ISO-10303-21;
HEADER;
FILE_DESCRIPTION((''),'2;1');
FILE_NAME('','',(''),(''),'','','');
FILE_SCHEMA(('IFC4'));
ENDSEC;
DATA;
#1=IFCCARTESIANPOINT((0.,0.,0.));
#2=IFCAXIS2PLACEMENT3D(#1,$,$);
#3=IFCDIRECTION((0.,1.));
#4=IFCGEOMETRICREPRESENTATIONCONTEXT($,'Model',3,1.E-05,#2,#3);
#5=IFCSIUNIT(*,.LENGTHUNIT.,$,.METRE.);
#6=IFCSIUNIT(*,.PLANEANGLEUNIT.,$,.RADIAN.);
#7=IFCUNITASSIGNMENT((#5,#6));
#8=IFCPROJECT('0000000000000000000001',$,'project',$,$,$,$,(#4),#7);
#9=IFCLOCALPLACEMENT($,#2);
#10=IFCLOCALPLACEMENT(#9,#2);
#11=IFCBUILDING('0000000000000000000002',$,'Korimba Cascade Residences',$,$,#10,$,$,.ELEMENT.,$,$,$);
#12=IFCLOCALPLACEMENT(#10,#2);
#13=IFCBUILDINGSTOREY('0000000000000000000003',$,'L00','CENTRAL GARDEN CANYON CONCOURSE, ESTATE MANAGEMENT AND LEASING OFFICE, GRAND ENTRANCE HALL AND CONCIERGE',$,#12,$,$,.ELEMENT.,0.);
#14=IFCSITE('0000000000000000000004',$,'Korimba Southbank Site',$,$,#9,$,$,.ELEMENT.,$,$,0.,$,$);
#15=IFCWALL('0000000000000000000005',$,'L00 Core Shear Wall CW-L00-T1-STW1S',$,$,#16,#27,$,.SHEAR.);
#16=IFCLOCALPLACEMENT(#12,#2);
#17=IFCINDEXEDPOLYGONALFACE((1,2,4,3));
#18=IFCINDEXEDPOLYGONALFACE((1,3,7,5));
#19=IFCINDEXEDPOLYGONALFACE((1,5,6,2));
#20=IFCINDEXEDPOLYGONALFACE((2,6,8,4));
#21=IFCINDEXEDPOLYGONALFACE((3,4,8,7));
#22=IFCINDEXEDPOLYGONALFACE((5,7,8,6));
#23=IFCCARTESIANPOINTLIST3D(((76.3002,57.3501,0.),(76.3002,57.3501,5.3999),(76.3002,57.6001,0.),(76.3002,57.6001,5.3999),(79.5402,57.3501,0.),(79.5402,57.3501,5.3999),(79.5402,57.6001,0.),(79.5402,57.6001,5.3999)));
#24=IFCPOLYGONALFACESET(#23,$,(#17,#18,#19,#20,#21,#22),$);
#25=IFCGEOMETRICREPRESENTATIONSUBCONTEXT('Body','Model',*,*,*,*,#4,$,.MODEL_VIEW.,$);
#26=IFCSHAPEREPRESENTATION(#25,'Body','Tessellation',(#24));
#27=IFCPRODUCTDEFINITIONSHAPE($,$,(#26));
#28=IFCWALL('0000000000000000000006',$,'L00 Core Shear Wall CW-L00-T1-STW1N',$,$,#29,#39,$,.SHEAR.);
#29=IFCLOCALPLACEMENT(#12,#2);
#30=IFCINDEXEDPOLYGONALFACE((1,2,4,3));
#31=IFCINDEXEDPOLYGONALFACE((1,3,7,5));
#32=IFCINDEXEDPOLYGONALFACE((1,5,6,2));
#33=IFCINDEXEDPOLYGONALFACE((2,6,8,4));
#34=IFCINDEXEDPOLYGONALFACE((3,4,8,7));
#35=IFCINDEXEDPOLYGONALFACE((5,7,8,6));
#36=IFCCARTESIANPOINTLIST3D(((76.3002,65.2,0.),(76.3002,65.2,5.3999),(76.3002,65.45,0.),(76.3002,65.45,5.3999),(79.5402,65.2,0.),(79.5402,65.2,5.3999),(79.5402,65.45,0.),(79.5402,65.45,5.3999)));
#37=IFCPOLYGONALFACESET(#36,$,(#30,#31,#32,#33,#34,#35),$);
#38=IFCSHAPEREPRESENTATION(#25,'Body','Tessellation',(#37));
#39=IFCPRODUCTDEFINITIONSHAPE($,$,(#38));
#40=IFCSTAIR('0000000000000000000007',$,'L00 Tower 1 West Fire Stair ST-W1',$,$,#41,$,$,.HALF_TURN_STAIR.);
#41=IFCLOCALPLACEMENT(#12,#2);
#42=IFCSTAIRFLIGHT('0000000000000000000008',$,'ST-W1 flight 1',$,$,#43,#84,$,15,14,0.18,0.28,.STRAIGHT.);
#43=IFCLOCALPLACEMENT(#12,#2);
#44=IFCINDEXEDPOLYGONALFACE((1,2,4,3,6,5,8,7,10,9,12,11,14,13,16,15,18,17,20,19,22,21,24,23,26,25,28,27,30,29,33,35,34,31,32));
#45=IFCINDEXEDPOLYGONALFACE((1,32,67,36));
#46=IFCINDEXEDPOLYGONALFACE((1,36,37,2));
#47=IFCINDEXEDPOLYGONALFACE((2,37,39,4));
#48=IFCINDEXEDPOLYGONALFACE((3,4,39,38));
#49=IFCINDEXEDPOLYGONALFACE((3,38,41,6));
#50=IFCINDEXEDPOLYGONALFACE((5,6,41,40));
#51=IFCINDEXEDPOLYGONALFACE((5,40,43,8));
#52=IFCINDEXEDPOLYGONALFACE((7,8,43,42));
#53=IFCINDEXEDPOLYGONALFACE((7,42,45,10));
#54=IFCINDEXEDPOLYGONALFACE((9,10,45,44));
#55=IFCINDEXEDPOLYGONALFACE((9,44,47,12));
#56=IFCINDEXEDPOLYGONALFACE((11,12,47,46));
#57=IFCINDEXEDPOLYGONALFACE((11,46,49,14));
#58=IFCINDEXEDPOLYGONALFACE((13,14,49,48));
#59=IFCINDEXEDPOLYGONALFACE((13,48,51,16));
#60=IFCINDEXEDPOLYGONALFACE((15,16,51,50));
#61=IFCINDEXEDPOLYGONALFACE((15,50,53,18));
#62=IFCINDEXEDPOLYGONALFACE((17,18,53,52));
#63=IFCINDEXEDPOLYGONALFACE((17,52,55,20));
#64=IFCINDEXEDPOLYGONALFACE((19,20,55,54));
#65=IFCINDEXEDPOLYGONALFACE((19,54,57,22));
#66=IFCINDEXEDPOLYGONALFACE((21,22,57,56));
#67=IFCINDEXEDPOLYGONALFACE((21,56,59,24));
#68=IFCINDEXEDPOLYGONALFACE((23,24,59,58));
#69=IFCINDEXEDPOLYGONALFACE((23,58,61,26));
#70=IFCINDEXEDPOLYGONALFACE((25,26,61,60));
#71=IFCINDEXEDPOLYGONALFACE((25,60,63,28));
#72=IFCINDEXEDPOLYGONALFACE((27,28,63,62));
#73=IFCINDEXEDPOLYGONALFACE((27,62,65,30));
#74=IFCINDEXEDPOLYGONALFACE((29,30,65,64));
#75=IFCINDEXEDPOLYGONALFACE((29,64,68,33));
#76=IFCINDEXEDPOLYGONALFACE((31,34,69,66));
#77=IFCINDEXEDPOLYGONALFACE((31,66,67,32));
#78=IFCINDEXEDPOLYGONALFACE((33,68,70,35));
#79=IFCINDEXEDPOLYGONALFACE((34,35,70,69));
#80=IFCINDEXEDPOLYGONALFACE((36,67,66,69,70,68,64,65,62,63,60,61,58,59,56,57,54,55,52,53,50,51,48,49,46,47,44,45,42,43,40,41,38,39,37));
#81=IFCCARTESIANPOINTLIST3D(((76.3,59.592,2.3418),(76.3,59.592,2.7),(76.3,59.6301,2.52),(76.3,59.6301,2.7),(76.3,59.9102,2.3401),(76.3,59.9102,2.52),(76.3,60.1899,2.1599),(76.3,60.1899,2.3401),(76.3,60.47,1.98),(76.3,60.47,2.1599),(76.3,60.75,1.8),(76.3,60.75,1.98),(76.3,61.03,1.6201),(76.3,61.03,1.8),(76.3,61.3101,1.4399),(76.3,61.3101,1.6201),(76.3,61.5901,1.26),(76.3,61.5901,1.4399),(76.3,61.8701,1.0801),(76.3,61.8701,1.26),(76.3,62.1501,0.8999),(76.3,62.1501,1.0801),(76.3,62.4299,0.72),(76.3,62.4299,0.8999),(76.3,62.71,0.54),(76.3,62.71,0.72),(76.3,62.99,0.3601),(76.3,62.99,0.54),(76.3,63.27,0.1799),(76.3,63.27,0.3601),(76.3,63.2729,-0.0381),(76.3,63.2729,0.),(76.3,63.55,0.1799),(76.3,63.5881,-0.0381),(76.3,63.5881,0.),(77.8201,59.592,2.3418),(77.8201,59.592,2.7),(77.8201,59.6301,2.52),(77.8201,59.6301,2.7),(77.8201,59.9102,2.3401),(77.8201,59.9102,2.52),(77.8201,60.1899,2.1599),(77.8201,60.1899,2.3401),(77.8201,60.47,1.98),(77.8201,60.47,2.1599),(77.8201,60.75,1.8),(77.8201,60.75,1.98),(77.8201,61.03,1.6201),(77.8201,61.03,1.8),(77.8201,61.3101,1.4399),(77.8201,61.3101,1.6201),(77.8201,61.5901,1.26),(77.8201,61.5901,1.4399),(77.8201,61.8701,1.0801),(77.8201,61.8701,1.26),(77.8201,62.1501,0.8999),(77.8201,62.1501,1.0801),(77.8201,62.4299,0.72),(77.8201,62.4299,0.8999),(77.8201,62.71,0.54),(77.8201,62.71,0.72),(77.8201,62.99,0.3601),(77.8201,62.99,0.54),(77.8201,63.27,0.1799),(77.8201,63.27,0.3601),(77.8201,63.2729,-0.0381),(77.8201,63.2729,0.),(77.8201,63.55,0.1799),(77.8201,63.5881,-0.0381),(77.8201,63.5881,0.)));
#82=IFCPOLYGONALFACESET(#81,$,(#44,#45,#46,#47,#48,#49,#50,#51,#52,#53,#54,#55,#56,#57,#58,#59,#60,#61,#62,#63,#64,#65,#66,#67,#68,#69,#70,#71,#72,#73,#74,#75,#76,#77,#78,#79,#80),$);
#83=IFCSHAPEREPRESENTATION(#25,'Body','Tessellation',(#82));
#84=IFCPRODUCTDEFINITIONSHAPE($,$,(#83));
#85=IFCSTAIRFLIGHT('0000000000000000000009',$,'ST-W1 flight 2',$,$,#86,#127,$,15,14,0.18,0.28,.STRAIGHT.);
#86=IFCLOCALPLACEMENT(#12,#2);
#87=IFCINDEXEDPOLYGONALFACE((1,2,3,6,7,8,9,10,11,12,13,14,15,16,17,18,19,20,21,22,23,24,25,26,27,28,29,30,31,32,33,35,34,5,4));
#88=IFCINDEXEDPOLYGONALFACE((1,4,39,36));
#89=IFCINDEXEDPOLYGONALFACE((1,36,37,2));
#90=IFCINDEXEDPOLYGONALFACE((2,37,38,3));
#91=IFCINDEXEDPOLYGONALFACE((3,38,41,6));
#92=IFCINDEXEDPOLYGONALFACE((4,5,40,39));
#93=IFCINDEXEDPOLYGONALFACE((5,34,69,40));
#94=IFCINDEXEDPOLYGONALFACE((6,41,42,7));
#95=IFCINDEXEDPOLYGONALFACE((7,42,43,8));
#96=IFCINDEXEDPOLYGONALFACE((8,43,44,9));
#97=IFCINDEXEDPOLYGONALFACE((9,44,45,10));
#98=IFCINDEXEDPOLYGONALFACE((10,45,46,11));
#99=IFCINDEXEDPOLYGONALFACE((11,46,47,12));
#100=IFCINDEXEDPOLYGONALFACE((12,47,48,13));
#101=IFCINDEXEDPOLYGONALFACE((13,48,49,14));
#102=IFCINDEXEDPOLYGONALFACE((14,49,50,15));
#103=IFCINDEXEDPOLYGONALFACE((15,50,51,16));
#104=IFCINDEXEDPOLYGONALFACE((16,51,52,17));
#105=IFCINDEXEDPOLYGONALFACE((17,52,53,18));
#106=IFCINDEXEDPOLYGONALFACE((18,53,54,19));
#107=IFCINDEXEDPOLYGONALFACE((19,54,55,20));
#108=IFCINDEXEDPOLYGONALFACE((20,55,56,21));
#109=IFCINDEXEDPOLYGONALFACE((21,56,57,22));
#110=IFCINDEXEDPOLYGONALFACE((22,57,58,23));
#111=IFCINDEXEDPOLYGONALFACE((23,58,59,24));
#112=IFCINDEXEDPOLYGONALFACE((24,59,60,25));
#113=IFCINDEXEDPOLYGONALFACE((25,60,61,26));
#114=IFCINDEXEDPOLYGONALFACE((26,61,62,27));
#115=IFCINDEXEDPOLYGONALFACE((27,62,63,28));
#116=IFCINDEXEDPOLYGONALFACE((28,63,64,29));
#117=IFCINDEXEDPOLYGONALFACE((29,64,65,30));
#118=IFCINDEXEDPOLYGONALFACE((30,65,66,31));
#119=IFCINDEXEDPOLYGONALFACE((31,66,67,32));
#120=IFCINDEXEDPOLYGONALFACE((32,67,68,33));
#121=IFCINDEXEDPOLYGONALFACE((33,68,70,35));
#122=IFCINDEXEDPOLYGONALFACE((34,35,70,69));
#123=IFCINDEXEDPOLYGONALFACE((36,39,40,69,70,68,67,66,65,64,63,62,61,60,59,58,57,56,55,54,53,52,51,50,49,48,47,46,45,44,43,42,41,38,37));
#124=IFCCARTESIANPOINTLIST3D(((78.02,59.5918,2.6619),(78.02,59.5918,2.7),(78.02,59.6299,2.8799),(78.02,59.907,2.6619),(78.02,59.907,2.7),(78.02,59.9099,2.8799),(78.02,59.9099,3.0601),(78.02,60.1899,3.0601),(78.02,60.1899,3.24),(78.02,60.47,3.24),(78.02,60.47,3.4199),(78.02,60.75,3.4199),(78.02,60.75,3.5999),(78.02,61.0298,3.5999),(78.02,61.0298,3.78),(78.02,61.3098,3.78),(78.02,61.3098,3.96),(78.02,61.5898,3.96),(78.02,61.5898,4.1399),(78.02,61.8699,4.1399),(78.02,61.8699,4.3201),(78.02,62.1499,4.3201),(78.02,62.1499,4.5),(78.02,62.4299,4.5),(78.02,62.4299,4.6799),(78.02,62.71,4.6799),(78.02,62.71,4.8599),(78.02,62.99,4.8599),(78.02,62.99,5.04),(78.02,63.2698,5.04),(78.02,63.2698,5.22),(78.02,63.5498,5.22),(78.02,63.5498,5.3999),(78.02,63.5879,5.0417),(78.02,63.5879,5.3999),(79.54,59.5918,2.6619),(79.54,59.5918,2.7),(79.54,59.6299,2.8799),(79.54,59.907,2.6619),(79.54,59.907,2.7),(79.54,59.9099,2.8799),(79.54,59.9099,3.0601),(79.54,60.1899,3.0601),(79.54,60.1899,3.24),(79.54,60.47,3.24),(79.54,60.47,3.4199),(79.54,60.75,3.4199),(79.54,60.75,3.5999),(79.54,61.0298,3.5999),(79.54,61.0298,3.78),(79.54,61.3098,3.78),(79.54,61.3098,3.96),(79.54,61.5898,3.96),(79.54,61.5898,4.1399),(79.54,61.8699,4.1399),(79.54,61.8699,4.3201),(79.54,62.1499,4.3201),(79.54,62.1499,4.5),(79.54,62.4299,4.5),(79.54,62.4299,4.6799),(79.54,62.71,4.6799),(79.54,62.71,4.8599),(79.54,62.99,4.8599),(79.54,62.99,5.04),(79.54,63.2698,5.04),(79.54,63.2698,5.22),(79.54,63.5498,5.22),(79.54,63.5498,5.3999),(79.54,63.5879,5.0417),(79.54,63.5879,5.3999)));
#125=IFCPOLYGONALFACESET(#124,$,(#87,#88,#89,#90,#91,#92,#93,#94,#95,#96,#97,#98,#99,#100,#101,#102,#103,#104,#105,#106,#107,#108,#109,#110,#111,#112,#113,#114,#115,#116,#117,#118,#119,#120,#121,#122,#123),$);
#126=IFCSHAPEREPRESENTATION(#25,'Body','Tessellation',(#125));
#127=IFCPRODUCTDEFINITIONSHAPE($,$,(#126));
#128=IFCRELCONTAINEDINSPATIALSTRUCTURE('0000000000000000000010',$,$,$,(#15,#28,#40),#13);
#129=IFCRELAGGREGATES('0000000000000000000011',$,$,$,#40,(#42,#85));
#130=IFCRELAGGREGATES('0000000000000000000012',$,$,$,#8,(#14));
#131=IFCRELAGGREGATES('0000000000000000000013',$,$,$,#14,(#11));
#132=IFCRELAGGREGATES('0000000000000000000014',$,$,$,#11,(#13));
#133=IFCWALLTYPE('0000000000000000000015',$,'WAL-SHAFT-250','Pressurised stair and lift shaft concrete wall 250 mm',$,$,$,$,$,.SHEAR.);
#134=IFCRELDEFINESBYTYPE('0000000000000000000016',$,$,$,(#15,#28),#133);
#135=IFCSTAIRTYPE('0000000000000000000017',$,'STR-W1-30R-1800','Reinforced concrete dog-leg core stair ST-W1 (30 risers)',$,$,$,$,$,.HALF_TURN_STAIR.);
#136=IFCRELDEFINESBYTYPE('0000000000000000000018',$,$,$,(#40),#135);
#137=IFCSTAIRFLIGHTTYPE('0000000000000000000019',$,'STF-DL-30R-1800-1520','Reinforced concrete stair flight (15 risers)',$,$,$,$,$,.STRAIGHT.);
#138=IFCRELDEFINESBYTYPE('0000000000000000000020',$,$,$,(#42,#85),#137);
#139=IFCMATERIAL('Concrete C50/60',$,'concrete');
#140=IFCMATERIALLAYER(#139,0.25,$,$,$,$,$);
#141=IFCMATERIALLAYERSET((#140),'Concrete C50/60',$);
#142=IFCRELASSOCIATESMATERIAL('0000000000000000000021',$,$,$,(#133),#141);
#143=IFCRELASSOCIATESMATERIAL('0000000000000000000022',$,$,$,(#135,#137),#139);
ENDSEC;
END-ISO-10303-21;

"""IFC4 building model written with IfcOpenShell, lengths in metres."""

from ifc_helpers import new_model, si_unit, direction, frame, frame_2d, origin, place, context, subcontext, project, spatial, polyline, rectangle, outline, extrude, material, layer, layer_set, type_object, element, aggregate, save


model = new_model("IFC4")

# Units and contexts
model_context = context("Model", 3, precision=1e-05, world=origin(), true_north=direction((0.0, 1.0)))
body_context = subcontext(model_context, "Body", "Model", "MODEL_VIEW")
ifc_project = project(units=[si_unit("LENGTHUNIT", "METRE"), si_unit("PLANEANGLEUNIT", "RADIAN")], contexts=[model_context])

# Site, building, storey
site_placement = place(None, origin())
site = spatial("IfcSite", under=ifc_project, at=site_placement, Name="Korimba Southbank Site", CompositionType="ELEMENT", RefElevation=0.0)
building_placement = place(site_placement, origin())
building = spatial("IfcBuilding", under=site, at=building_placement, Name="Korimba Cascade Residences", CompositionType="ELEMENT")
storey_placement = place(building_placement, origin())
storey = spatial("IfcBuildingStorey", under=building, at=storey_placement, Name="L00", Description="CENTRAL GARDEN CANYON CONCOURSE, ESTATE MANAGEMENT AND LEASING OFFICE, GRAND ENTRANCE HALL AND CONCIERGE", CompositionType="ELEMENT", Elevation=0.0)

# Walls
ifc_material_1 = material(Name="Concrete C50/60", Category="concrete")
ifc_layer = layer(ifc_material_1, 0.25)
ifc_layer_set = layer_set([ifc_layer], Name="Concrete C50/60")
wall_type = type_object("IfcWallType", Name="WAL-SHAFT-250", Description="Pressurised stair and lift shaft concrete wall 250 mm", PredefinedType="SHEAR", material=ifc_layer_set)
for number, where, z_axis, x_axis, name in (
    (1, (76.3, 57.4751, 0.0), (0.0, 0.0, 1.0), (1.0, 0.0, 0.0), "L00 Core Shear Wall CW-L00-T1-STW1S"),
    (2, (76.3, 65.325, 0.0), (0.0, 0.0, 1.0), (1.0, 0.0, 0.0), "L00 Core Shear Wall CW-L00-T1-STW1N"),
):
    element("IfcWall", number, at=place(storey_placement, frame(where, z_axis=z_axis, x_axis=x_axis)), inside=storey, type_object=wall_type, Name=name, PredefinedType="SHEAR", context=body_context, shape_type="SweptSolid", body=[
        extrude(rectangle(XDim=3.24, YDim=0.25, at=frame_2d((1.6201, 0.0))), origin(), (0.0, 0.0, 1.0), 5.3999),
    ])

# Stair, stair flights
stair_type = type_object("IfcStairType", Name="STR-W1-30R-1800", Description="Reinforced concrete dog-leg core stair ST-W1 (30 risers)", PredefinedType="HALF_TURN_STAIR", material=ifc_material_1)
stair_placement = place(storey_placement, origin())
stair = element("IfcStair", 3, at=stair_placement, inside=storey, type_object=stair_type, Name="L00 Tower 1 West Fire Stair ST-W1", PredefinedType="HALF_TURN_STAIR")
stair_flight_type = type_object("IfcStairFlightType", Name="STF-DL-30R-1800-1520", Description="Reinforced concrete stair flight (15 risers)", PredefinedType="STRAIGHT", material=ifc_material_1)
stair_flight_1_placement = place(storey_placement, frame((77.0601, 63.55, 0.0), z_axis=(0.0, 0.0, 1.0), x_axis=(0.0, -1.0, 0.0)))
stair_flight_1 = element("IfcStairFlight", 4, at=stair_flight_1_placement, type_object=stair_flight_type, Name="ST-W1 flight 1", NumberOfRisers=15, NumberOfTreads=14, PredefinedType="STRAIGHT", RiserHeight=0.18, TreadLength=0.28, context=body_context, shape_type="SweptSolid", body=[
    extrude(outline(polyline([(-0.0381, 0.0), (0.0, 0.1799), (0.28, 0.1799), (0.28, 0.3601), (0.5601, 0.3601), (0.5601, 0.54), (0.8401, 0.54), (0.8401, 0.72), (1.1201, 0.72), (1.1201, 0.8999), (1.3999, 0.8999), (1.3999, 1.0801), (1.6799, 1.0801), (1.6799, 1.26), (1.96, 1.26), (1.96, 1.4399), (2.24, 1.4399), (2.24, 1.6201), (2.52, 1.6201), (2.52, 1.8), (2.8, 1.8), (2.8, 1.98), (3.0801, 1.98), (3.0801, 2.1599), (3.3601, 2.1599), (3.3601, 2.3401), (3.6399, 2.3401), (3.6399, 2.52), (3.9199, 2.52), (3.9199, 2.7), (3.958, 2.7), (3.958, 2.3418), (0.2771, 0.0), (0.2771, -0.0381), (-0.0381, -0.0381), (-0.0381, 0.0)])), frame((0.0, 0.76, 0.0), z_axis=(0.0, -1.0, 0.0), x_axis=(1.0, 0.0, 0.0)), (0.0, 0.0, 1.0), 1.52),
])
stair_flight_2_placement = place(storey_placement, frame((78.78, 59.6299, 2.7), z_axis=(0.0, 0.0, 1.0), x_axis=(0.0, 1.0, 0.0)))
stair_flight_2 = element("IfcStairFlight", 5, at=stair_flight_2_placement, type_object=stair_flight_type, Name="ST-W1 flight 2", NumberOfRisers=15, NumberOfTreads=14, PredefinedType="STRAIGHT", RiserHeight=0.18, TreadLength=0.28, context=body_context, shape_type="SweptSolid", body=[
    extrude(outline(polyline([(-0.0381, 0.0), (0.0, 0.1799), (0.28, 0.1799), (0.28, 0.3601), (0.5601, 0.3601), (0.5601, 0.54), (0.8401, 0.54), (0.8401, 0.72), (1.1201, 0.72), (1.1201, 0.8999), (1.3999, 0.8999), (1.3999, 1.0801), (1.6799, 1.0801), (1.6799, 1.26), (1.96, 1.26), (1.96, 1.4399), (2.24, 1.4399), (2.24, 1.6201), (2.52, 1.6201), (2.52, 1.8), (2.8, 1.8), (2.8, 1.98), (3.0801, 1.98), (3.0801, 2.1599), (3.3601, 2.1599), (3.3601, 2.3401), (3.6399, 2.3401), (3.6399, 2.52), (3.9199, 2.52), (3.9199, 2.7), (3.958, 2.7), (3.958, 2.3418), (0.2771, 0.0), (0.2771, -0.0381), (-0.0381, -0.0381), (-0.0381, 0.0)])), frame((0.0, 0.76, 0.0), z_axis=(0.0, -1.0, 0.0), x_axis=(1.0, 0.0, 0.0)), (0.0, 0.0, 1.0), 1.52),
])
aggregate(stair, [stair_flight_1, stair_flight_2])

save(model, "model.ifc")
